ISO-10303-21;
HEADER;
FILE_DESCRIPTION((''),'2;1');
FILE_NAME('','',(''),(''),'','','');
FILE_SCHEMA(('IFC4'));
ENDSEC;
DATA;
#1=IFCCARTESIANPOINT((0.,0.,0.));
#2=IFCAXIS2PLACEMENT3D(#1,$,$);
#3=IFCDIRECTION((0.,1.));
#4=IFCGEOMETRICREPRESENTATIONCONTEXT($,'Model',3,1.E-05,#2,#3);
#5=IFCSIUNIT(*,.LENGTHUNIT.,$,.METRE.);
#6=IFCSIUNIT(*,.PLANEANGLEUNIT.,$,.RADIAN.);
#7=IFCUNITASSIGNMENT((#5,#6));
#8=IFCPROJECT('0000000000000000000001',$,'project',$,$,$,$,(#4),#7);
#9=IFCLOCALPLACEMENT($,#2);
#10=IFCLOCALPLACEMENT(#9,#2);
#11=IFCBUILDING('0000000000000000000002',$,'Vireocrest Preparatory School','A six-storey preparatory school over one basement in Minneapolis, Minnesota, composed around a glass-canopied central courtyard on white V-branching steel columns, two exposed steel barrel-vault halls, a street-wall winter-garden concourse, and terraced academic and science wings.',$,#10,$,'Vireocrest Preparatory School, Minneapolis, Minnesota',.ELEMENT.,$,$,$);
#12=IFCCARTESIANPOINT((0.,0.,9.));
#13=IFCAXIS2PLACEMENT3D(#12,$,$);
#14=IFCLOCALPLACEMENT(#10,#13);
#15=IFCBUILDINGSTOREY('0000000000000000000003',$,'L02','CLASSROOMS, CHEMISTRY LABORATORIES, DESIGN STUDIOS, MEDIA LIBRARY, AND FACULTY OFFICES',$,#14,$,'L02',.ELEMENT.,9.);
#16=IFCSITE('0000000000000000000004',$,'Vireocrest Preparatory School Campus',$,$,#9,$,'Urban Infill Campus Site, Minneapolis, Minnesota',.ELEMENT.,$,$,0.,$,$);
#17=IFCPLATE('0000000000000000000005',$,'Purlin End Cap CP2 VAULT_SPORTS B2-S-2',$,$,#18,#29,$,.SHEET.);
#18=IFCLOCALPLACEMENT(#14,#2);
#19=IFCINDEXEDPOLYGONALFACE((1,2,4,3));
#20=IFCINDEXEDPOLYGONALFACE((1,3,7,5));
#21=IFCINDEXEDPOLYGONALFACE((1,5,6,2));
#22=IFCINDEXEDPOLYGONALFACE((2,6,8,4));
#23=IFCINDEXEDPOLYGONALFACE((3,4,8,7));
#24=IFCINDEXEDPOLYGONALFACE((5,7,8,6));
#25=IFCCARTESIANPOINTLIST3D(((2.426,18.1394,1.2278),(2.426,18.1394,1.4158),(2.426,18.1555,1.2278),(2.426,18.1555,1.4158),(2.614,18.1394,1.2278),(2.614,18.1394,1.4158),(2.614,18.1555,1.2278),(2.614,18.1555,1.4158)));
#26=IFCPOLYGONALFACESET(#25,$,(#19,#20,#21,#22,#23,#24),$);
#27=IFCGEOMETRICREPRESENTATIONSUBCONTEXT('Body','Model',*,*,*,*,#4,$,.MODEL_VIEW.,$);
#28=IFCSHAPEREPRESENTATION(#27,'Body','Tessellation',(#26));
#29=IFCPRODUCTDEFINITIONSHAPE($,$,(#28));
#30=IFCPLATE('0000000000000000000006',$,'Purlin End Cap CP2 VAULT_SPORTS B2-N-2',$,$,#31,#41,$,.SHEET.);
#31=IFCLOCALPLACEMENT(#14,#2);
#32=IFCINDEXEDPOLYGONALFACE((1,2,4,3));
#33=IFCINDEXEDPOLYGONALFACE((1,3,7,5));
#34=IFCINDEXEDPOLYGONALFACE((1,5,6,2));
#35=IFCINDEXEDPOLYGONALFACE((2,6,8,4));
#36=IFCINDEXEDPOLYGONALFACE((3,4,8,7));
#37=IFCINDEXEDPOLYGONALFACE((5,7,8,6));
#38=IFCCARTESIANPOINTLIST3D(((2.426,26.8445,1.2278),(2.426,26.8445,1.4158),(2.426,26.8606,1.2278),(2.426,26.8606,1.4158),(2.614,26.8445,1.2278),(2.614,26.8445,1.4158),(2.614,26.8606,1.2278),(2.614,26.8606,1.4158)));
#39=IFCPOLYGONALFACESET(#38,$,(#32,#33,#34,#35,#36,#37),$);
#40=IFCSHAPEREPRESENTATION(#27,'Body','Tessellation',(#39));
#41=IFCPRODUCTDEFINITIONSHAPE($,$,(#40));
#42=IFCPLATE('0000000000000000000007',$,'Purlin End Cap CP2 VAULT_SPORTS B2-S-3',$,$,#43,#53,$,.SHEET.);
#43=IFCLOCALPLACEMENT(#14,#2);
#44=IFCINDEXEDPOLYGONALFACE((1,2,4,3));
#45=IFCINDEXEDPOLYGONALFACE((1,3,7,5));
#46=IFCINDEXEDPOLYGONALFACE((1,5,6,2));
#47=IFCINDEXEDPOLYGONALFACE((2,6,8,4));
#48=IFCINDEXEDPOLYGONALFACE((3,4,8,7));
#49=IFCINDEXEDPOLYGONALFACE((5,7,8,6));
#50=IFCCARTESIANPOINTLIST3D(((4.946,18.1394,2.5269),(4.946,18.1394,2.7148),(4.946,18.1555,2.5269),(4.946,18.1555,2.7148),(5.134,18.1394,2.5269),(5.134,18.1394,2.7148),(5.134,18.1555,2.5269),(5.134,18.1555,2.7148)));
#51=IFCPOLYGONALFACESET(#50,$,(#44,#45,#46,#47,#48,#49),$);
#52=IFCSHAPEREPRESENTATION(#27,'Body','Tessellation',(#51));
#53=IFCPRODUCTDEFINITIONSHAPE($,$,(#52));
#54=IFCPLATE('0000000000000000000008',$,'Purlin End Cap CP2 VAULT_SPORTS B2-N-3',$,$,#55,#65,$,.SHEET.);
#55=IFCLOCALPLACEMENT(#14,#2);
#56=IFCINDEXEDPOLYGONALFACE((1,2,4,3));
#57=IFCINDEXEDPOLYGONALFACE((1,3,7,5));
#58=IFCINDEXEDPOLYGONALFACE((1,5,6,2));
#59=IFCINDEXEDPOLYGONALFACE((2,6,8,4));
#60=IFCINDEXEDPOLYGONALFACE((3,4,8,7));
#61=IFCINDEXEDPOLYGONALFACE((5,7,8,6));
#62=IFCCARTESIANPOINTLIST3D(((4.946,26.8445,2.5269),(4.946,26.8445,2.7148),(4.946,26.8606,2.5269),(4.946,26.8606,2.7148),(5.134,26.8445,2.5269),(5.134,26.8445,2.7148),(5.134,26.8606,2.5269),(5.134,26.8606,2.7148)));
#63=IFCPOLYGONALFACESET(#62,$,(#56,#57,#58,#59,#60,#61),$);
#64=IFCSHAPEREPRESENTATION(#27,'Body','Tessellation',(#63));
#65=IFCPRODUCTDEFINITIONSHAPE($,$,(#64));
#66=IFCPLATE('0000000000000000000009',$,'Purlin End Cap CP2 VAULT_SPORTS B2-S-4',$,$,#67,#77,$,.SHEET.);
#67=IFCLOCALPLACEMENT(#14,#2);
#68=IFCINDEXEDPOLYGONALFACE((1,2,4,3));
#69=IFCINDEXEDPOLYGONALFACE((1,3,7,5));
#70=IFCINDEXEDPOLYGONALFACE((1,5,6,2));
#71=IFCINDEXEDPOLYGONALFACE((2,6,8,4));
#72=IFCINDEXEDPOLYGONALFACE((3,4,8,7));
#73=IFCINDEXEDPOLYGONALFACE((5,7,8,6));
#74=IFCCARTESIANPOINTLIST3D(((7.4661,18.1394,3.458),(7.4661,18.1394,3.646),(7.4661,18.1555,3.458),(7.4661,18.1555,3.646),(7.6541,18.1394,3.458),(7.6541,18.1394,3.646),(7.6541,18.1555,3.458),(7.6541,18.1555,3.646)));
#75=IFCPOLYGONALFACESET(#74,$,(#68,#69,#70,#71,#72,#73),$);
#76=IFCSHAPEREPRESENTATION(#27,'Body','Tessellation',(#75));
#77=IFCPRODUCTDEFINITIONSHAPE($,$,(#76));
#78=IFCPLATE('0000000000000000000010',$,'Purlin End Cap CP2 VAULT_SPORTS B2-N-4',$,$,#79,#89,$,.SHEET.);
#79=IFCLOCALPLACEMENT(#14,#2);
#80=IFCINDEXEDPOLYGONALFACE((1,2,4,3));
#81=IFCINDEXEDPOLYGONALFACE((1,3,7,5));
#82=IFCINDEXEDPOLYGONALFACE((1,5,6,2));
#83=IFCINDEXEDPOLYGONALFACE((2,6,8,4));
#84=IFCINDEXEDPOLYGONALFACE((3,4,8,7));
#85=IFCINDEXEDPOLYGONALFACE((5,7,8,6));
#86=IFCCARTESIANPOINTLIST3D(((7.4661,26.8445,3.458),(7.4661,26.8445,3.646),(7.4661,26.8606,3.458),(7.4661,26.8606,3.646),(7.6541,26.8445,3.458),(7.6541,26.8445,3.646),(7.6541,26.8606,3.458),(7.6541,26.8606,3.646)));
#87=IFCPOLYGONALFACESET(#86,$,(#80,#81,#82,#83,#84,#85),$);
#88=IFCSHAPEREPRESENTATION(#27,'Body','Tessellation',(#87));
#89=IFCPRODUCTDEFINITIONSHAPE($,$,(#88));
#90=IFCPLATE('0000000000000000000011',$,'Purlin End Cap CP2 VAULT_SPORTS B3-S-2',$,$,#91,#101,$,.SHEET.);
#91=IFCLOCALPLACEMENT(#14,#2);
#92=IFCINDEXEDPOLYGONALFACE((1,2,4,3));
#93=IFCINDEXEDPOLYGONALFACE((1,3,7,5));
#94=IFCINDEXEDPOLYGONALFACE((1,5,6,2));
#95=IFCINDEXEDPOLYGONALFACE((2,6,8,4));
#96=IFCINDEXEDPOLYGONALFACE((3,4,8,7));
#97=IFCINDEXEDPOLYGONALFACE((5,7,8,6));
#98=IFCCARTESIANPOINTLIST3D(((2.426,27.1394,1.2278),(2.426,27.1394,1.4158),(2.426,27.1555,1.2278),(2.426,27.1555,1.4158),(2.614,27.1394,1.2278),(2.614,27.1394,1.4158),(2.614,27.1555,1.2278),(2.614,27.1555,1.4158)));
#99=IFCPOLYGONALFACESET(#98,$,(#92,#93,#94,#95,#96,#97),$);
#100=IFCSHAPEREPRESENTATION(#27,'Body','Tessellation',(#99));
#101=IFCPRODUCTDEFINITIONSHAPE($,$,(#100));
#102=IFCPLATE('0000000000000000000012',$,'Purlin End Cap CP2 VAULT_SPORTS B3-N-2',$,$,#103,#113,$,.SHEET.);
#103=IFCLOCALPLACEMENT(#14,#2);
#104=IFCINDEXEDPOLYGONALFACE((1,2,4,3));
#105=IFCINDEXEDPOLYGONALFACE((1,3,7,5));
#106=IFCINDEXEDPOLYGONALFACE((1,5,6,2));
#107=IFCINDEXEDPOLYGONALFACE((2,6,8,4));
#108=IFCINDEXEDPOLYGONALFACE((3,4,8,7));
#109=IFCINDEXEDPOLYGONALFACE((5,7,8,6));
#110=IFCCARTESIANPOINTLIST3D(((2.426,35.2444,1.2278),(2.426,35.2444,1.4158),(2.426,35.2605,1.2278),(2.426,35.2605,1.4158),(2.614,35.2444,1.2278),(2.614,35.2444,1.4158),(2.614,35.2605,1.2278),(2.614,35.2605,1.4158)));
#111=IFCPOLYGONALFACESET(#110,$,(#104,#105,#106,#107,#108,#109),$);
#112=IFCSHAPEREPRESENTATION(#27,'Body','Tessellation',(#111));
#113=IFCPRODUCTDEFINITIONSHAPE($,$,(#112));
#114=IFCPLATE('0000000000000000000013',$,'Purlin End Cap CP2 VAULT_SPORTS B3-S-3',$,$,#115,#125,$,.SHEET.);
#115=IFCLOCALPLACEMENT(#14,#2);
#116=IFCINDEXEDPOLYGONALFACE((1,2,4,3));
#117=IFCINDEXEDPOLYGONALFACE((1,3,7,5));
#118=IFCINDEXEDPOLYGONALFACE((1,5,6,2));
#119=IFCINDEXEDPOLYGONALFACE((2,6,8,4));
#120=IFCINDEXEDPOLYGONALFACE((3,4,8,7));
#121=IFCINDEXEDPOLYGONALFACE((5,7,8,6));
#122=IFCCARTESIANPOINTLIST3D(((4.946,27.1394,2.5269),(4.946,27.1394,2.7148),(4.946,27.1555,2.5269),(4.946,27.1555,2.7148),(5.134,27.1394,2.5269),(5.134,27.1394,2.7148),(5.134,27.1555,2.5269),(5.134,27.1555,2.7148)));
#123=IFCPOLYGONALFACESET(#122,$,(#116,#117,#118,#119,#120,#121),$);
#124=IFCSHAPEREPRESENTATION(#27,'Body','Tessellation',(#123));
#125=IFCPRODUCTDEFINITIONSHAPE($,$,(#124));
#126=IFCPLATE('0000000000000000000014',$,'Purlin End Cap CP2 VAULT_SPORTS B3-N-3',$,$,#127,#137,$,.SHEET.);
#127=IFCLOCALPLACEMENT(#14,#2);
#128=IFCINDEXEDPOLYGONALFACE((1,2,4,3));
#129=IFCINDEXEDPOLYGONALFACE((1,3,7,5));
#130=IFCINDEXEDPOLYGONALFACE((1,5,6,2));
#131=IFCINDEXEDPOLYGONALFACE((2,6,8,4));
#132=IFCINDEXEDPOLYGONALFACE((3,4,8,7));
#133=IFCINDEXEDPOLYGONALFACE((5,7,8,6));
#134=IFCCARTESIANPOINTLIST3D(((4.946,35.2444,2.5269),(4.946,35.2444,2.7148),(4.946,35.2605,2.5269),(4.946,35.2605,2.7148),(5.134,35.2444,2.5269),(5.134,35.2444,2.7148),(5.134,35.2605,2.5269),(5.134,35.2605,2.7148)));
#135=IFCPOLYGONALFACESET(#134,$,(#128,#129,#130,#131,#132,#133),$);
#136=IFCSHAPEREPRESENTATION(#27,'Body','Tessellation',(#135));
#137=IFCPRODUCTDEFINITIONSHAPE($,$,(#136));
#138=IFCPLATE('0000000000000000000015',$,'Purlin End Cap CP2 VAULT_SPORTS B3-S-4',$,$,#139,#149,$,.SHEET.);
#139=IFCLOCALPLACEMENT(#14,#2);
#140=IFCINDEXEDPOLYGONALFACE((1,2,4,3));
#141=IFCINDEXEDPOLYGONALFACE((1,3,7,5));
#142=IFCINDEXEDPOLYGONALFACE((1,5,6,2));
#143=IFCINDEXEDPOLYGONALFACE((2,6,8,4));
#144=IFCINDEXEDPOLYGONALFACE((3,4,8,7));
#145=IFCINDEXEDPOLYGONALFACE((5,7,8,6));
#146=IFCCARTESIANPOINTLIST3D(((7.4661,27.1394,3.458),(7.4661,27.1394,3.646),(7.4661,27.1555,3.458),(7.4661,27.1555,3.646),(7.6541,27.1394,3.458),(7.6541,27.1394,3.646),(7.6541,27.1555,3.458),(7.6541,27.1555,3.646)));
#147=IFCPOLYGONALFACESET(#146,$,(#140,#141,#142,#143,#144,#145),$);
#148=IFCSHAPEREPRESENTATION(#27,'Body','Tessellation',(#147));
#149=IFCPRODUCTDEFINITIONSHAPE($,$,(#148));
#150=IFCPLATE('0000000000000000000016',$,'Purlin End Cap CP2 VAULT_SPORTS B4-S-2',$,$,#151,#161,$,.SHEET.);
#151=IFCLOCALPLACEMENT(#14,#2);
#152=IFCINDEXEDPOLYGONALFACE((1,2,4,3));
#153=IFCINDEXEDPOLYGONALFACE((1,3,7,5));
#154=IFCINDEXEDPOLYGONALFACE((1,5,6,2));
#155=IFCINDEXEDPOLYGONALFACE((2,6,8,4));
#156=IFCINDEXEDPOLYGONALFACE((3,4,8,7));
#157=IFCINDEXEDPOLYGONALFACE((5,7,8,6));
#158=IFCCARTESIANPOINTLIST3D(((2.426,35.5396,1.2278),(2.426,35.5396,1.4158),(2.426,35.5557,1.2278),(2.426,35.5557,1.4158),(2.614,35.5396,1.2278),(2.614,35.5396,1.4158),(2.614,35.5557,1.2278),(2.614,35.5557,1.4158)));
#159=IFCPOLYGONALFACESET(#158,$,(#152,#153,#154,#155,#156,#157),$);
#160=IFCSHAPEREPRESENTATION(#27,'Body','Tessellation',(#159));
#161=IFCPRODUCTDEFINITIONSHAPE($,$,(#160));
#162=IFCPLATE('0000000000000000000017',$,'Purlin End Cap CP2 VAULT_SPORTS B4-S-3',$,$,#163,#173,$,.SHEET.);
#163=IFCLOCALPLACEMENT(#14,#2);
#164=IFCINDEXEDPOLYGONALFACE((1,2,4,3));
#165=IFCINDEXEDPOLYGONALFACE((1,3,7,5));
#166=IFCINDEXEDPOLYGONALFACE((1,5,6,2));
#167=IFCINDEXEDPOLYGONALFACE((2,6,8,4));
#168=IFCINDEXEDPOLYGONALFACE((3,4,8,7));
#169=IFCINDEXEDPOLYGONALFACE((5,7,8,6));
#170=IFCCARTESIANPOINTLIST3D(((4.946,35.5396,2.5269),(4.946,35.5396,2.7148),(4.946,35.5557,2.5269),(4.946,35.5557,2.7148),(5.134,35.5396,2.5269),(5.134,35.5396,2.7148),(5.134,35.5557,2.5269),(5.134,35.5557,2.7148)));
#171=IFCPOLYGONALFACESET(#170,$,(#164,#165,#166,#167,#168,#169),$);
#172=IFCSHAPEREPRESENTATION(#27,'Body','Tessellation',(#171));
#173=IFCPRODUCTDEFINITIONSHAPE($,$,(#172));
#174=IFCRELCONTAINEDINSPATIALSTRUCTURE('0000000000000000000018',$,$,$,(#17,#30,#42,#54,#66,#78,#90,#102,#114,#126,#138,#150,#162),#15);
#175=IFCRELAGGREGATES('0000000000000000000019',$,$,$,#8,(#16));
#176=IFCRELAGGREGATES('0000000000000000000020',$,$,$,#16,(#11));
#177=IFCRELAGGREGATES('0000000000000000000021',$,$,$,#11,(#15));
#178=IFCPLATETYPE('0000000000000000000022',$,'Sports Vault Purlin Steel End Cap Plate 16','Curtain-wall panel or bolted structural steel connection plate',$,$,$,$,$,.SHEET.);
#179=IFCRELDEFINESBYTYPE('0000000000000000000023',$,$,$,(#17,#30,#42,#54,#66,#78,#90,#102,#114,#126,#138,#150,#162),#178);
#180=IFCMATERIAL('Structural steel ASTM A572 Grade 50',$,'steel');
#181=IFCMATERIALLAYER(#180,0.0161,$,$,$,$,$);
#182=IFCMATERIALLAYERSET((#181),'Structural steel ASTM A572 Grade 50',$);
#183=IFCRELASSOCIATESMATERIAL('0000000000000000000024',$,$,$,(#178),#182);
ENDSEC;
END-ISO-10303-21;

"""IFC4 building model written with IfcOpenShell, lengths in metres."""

from ifc_helpers import new_model, si_unit, direction, frame, origin, origin_2d, place, context, subcontext, project, spatial, rectangle, extrude, material, layer, layer_set, type_object, element, save


model = new_model("IFC4")

# Units and contexts
model_context = context("Model", 3, precision=1e-05, world=origin(), true_north=direction((0.0, 1.0)))
body_context = subcontext(model_context, "Body", "Model", "MODEL_VIEW")
ifc_project = project(units=[si_unit("LENGTHUNIT", "METRE"), si_unit("PLANEANGLEUNIT", "RADIAN")], contexts=[model_context])

# Site, building, storey
site_placement = place(None, origin())
site = spatial("IfcSite", under=ifc_project, at=site_placement, Name="Vireocrest Preparatory School Campus", LongName="Urban Infill Campus Site, Minneapolis, Minnesota", CompositionType="ELEMENT", RefElevation=0.0)
building_placement = place(site_placement, origin())
building = spatial("IfcBuilding", under=site, at=building_placement, Name="Vireocrest Preparatory School", Description="A six-storey preparatory school over one basement in Minneapolis, Minnesota, composed around a glass-canopied central courtyard on white V-branching steel columns, two exposed steel barrel-vault halls, a street-wall winter-garden concourse, and terraced academic and science wings.", LongName="Vireocrest Preparatory School, Minneapolis, Minnesota", CompositionType="ELEMENT")
storey_placement = place(building_placement, frame((0.0, 0.0, 9.0)))
storey = spatial("IfcBuildingStorey", under=building, at=storey_placement, Name="L02", Description="CLASSROOMS, CHEMISTRY LABORATORIES, DESIGN STUDIOS, MEDIA LIBRARY, AND FACULTY OFFICES", LongName="L02", CompositionType="ELEMENT", Elevation=9.0)

# Plates
ifc_material_1 = material(Name="Structural steel ASTM A572 Grade 50", Category="steel")
ifc_layer_1 = layer(ifc_material_1, 0.0161)
ifc_layer_set_1 = layer_set([ifc_layer_1], Name="Structural steel ASTM A572 Grade 50")
plate_type_1 = type_object("IfcPlateType", Name="Sports Vault Purlin Steel End Cap Plate 16", Description="Curtain-wall panel or bolted structural steel connection plate", PredefinedType="SHEET", material=ifc_layer_set_1)
for number, where, z_axis, x_axis, name in (
    (1, (2.52, 18.1475, 1.2278), (0.0, 0.0, 1.0), (1.0, 0.0, 0.0), "Purlin End Cap CP2 VAULT_SPORTS B2-S-2"),
    (2, (2.52, 26.8525, 1.2278), (0.0, 0.0, 1.0), (1.0, 0.0, 0.0), "Purlin End Cap CP2 VAULT_SPORTS B2-N-2"),
    (3, (5.04, 18.1475, 2.5269), (0.0, 0.0, 1.0), (1.0, 0.0, 0.0), "Purlin End Cap CP2 VAULT_SPORTS B2-S-3"),
    (4, (5.04, 26.8525, 2.5269), (0.0, 0.0, 1.0), (1.0, 0.0, 0.0), "Purlin End Cap CP2 VAULT_SPORTS B2-N-3"),
    (5, (7.5601, 18.1475, 3.458), (0.0, 0.0, 1.0), (1.0, 0.0, 0.0), "Purlin End Cap CP2 VAULT_SPORTS B2-S-4"),
    (6, (7.5601, 26.8525, 3.458), (0.0, 0.0, 1.0), (1.0, 0.0, 0.0), "Purlin End Cap CP2 VAULT_SPORTS B2-N-4"),
    (7, (2.52, 27.1475, 1.2278), (0.0, 0.0, 1.0), (1.0, 0.0, 0.0), "Purlin End Cap CP2 VAULT_SPORTS B3-S-2"),
    (8, (2.52, 35.2524, 1.2278), (0.0, 0.0, 1.0), (1.0, 0.0, 0.0), "Purlin End Cap CP2 VAULT_SPORTS B3-N-2"),
    (9, (5.04, 27.1475, 2.5269), (0.0, 0.0, 1.0), (1.0, 0.0, 0.0), "Purlin End Cap CP2 VAULT_SPORTS B3-S-3"),
    (10, (5.04, 35.2524, 2.5269), (0.0, 0.0, 1.0), (1.0, 0.0, 0.0), "Purlin End Cap CP2 VAULT_SPORTS B3-N-3"),
    (11, (7.5601, 27.1475, 3.458), (0.0, 0.0, 1.0), (1.0, 0.0, 0.0), "Purlin End Cap CP2 VAULT_SPORTS B3-S-4"),
    (12, (2.52, 35.5476, 1.2278), (0.0, 0.0, 1.0), (1.0, 0.0, 0.0), "Purlin End Cap CP2 VAULT_SPORTS B4-S-2"),
    (13, (5.04, 35.5476, 2.5269), (0.0, 0.0, 1.0), (1.0, 0.0, 0.0), "Purlin End Cap CP2 VAULT_SPORTS B4-S-3"),
):
    element("IfcPlate", number, at=place(storey_placement, frame(where, z_axis=z_axis, x_axis=x_axis)), inside=storey, type_object=plate_type_1, Name=name, PredefinedType="SHEET", context=body_context, shape_type="SweptSolid", body=[
        extrude(rectangle(XDim=0.188, YDim=0.0161, at=origin_2d()), origin(), (0.0, 0.0, 1.0), 0.188),
    ])

save(model, "model.ifc")
